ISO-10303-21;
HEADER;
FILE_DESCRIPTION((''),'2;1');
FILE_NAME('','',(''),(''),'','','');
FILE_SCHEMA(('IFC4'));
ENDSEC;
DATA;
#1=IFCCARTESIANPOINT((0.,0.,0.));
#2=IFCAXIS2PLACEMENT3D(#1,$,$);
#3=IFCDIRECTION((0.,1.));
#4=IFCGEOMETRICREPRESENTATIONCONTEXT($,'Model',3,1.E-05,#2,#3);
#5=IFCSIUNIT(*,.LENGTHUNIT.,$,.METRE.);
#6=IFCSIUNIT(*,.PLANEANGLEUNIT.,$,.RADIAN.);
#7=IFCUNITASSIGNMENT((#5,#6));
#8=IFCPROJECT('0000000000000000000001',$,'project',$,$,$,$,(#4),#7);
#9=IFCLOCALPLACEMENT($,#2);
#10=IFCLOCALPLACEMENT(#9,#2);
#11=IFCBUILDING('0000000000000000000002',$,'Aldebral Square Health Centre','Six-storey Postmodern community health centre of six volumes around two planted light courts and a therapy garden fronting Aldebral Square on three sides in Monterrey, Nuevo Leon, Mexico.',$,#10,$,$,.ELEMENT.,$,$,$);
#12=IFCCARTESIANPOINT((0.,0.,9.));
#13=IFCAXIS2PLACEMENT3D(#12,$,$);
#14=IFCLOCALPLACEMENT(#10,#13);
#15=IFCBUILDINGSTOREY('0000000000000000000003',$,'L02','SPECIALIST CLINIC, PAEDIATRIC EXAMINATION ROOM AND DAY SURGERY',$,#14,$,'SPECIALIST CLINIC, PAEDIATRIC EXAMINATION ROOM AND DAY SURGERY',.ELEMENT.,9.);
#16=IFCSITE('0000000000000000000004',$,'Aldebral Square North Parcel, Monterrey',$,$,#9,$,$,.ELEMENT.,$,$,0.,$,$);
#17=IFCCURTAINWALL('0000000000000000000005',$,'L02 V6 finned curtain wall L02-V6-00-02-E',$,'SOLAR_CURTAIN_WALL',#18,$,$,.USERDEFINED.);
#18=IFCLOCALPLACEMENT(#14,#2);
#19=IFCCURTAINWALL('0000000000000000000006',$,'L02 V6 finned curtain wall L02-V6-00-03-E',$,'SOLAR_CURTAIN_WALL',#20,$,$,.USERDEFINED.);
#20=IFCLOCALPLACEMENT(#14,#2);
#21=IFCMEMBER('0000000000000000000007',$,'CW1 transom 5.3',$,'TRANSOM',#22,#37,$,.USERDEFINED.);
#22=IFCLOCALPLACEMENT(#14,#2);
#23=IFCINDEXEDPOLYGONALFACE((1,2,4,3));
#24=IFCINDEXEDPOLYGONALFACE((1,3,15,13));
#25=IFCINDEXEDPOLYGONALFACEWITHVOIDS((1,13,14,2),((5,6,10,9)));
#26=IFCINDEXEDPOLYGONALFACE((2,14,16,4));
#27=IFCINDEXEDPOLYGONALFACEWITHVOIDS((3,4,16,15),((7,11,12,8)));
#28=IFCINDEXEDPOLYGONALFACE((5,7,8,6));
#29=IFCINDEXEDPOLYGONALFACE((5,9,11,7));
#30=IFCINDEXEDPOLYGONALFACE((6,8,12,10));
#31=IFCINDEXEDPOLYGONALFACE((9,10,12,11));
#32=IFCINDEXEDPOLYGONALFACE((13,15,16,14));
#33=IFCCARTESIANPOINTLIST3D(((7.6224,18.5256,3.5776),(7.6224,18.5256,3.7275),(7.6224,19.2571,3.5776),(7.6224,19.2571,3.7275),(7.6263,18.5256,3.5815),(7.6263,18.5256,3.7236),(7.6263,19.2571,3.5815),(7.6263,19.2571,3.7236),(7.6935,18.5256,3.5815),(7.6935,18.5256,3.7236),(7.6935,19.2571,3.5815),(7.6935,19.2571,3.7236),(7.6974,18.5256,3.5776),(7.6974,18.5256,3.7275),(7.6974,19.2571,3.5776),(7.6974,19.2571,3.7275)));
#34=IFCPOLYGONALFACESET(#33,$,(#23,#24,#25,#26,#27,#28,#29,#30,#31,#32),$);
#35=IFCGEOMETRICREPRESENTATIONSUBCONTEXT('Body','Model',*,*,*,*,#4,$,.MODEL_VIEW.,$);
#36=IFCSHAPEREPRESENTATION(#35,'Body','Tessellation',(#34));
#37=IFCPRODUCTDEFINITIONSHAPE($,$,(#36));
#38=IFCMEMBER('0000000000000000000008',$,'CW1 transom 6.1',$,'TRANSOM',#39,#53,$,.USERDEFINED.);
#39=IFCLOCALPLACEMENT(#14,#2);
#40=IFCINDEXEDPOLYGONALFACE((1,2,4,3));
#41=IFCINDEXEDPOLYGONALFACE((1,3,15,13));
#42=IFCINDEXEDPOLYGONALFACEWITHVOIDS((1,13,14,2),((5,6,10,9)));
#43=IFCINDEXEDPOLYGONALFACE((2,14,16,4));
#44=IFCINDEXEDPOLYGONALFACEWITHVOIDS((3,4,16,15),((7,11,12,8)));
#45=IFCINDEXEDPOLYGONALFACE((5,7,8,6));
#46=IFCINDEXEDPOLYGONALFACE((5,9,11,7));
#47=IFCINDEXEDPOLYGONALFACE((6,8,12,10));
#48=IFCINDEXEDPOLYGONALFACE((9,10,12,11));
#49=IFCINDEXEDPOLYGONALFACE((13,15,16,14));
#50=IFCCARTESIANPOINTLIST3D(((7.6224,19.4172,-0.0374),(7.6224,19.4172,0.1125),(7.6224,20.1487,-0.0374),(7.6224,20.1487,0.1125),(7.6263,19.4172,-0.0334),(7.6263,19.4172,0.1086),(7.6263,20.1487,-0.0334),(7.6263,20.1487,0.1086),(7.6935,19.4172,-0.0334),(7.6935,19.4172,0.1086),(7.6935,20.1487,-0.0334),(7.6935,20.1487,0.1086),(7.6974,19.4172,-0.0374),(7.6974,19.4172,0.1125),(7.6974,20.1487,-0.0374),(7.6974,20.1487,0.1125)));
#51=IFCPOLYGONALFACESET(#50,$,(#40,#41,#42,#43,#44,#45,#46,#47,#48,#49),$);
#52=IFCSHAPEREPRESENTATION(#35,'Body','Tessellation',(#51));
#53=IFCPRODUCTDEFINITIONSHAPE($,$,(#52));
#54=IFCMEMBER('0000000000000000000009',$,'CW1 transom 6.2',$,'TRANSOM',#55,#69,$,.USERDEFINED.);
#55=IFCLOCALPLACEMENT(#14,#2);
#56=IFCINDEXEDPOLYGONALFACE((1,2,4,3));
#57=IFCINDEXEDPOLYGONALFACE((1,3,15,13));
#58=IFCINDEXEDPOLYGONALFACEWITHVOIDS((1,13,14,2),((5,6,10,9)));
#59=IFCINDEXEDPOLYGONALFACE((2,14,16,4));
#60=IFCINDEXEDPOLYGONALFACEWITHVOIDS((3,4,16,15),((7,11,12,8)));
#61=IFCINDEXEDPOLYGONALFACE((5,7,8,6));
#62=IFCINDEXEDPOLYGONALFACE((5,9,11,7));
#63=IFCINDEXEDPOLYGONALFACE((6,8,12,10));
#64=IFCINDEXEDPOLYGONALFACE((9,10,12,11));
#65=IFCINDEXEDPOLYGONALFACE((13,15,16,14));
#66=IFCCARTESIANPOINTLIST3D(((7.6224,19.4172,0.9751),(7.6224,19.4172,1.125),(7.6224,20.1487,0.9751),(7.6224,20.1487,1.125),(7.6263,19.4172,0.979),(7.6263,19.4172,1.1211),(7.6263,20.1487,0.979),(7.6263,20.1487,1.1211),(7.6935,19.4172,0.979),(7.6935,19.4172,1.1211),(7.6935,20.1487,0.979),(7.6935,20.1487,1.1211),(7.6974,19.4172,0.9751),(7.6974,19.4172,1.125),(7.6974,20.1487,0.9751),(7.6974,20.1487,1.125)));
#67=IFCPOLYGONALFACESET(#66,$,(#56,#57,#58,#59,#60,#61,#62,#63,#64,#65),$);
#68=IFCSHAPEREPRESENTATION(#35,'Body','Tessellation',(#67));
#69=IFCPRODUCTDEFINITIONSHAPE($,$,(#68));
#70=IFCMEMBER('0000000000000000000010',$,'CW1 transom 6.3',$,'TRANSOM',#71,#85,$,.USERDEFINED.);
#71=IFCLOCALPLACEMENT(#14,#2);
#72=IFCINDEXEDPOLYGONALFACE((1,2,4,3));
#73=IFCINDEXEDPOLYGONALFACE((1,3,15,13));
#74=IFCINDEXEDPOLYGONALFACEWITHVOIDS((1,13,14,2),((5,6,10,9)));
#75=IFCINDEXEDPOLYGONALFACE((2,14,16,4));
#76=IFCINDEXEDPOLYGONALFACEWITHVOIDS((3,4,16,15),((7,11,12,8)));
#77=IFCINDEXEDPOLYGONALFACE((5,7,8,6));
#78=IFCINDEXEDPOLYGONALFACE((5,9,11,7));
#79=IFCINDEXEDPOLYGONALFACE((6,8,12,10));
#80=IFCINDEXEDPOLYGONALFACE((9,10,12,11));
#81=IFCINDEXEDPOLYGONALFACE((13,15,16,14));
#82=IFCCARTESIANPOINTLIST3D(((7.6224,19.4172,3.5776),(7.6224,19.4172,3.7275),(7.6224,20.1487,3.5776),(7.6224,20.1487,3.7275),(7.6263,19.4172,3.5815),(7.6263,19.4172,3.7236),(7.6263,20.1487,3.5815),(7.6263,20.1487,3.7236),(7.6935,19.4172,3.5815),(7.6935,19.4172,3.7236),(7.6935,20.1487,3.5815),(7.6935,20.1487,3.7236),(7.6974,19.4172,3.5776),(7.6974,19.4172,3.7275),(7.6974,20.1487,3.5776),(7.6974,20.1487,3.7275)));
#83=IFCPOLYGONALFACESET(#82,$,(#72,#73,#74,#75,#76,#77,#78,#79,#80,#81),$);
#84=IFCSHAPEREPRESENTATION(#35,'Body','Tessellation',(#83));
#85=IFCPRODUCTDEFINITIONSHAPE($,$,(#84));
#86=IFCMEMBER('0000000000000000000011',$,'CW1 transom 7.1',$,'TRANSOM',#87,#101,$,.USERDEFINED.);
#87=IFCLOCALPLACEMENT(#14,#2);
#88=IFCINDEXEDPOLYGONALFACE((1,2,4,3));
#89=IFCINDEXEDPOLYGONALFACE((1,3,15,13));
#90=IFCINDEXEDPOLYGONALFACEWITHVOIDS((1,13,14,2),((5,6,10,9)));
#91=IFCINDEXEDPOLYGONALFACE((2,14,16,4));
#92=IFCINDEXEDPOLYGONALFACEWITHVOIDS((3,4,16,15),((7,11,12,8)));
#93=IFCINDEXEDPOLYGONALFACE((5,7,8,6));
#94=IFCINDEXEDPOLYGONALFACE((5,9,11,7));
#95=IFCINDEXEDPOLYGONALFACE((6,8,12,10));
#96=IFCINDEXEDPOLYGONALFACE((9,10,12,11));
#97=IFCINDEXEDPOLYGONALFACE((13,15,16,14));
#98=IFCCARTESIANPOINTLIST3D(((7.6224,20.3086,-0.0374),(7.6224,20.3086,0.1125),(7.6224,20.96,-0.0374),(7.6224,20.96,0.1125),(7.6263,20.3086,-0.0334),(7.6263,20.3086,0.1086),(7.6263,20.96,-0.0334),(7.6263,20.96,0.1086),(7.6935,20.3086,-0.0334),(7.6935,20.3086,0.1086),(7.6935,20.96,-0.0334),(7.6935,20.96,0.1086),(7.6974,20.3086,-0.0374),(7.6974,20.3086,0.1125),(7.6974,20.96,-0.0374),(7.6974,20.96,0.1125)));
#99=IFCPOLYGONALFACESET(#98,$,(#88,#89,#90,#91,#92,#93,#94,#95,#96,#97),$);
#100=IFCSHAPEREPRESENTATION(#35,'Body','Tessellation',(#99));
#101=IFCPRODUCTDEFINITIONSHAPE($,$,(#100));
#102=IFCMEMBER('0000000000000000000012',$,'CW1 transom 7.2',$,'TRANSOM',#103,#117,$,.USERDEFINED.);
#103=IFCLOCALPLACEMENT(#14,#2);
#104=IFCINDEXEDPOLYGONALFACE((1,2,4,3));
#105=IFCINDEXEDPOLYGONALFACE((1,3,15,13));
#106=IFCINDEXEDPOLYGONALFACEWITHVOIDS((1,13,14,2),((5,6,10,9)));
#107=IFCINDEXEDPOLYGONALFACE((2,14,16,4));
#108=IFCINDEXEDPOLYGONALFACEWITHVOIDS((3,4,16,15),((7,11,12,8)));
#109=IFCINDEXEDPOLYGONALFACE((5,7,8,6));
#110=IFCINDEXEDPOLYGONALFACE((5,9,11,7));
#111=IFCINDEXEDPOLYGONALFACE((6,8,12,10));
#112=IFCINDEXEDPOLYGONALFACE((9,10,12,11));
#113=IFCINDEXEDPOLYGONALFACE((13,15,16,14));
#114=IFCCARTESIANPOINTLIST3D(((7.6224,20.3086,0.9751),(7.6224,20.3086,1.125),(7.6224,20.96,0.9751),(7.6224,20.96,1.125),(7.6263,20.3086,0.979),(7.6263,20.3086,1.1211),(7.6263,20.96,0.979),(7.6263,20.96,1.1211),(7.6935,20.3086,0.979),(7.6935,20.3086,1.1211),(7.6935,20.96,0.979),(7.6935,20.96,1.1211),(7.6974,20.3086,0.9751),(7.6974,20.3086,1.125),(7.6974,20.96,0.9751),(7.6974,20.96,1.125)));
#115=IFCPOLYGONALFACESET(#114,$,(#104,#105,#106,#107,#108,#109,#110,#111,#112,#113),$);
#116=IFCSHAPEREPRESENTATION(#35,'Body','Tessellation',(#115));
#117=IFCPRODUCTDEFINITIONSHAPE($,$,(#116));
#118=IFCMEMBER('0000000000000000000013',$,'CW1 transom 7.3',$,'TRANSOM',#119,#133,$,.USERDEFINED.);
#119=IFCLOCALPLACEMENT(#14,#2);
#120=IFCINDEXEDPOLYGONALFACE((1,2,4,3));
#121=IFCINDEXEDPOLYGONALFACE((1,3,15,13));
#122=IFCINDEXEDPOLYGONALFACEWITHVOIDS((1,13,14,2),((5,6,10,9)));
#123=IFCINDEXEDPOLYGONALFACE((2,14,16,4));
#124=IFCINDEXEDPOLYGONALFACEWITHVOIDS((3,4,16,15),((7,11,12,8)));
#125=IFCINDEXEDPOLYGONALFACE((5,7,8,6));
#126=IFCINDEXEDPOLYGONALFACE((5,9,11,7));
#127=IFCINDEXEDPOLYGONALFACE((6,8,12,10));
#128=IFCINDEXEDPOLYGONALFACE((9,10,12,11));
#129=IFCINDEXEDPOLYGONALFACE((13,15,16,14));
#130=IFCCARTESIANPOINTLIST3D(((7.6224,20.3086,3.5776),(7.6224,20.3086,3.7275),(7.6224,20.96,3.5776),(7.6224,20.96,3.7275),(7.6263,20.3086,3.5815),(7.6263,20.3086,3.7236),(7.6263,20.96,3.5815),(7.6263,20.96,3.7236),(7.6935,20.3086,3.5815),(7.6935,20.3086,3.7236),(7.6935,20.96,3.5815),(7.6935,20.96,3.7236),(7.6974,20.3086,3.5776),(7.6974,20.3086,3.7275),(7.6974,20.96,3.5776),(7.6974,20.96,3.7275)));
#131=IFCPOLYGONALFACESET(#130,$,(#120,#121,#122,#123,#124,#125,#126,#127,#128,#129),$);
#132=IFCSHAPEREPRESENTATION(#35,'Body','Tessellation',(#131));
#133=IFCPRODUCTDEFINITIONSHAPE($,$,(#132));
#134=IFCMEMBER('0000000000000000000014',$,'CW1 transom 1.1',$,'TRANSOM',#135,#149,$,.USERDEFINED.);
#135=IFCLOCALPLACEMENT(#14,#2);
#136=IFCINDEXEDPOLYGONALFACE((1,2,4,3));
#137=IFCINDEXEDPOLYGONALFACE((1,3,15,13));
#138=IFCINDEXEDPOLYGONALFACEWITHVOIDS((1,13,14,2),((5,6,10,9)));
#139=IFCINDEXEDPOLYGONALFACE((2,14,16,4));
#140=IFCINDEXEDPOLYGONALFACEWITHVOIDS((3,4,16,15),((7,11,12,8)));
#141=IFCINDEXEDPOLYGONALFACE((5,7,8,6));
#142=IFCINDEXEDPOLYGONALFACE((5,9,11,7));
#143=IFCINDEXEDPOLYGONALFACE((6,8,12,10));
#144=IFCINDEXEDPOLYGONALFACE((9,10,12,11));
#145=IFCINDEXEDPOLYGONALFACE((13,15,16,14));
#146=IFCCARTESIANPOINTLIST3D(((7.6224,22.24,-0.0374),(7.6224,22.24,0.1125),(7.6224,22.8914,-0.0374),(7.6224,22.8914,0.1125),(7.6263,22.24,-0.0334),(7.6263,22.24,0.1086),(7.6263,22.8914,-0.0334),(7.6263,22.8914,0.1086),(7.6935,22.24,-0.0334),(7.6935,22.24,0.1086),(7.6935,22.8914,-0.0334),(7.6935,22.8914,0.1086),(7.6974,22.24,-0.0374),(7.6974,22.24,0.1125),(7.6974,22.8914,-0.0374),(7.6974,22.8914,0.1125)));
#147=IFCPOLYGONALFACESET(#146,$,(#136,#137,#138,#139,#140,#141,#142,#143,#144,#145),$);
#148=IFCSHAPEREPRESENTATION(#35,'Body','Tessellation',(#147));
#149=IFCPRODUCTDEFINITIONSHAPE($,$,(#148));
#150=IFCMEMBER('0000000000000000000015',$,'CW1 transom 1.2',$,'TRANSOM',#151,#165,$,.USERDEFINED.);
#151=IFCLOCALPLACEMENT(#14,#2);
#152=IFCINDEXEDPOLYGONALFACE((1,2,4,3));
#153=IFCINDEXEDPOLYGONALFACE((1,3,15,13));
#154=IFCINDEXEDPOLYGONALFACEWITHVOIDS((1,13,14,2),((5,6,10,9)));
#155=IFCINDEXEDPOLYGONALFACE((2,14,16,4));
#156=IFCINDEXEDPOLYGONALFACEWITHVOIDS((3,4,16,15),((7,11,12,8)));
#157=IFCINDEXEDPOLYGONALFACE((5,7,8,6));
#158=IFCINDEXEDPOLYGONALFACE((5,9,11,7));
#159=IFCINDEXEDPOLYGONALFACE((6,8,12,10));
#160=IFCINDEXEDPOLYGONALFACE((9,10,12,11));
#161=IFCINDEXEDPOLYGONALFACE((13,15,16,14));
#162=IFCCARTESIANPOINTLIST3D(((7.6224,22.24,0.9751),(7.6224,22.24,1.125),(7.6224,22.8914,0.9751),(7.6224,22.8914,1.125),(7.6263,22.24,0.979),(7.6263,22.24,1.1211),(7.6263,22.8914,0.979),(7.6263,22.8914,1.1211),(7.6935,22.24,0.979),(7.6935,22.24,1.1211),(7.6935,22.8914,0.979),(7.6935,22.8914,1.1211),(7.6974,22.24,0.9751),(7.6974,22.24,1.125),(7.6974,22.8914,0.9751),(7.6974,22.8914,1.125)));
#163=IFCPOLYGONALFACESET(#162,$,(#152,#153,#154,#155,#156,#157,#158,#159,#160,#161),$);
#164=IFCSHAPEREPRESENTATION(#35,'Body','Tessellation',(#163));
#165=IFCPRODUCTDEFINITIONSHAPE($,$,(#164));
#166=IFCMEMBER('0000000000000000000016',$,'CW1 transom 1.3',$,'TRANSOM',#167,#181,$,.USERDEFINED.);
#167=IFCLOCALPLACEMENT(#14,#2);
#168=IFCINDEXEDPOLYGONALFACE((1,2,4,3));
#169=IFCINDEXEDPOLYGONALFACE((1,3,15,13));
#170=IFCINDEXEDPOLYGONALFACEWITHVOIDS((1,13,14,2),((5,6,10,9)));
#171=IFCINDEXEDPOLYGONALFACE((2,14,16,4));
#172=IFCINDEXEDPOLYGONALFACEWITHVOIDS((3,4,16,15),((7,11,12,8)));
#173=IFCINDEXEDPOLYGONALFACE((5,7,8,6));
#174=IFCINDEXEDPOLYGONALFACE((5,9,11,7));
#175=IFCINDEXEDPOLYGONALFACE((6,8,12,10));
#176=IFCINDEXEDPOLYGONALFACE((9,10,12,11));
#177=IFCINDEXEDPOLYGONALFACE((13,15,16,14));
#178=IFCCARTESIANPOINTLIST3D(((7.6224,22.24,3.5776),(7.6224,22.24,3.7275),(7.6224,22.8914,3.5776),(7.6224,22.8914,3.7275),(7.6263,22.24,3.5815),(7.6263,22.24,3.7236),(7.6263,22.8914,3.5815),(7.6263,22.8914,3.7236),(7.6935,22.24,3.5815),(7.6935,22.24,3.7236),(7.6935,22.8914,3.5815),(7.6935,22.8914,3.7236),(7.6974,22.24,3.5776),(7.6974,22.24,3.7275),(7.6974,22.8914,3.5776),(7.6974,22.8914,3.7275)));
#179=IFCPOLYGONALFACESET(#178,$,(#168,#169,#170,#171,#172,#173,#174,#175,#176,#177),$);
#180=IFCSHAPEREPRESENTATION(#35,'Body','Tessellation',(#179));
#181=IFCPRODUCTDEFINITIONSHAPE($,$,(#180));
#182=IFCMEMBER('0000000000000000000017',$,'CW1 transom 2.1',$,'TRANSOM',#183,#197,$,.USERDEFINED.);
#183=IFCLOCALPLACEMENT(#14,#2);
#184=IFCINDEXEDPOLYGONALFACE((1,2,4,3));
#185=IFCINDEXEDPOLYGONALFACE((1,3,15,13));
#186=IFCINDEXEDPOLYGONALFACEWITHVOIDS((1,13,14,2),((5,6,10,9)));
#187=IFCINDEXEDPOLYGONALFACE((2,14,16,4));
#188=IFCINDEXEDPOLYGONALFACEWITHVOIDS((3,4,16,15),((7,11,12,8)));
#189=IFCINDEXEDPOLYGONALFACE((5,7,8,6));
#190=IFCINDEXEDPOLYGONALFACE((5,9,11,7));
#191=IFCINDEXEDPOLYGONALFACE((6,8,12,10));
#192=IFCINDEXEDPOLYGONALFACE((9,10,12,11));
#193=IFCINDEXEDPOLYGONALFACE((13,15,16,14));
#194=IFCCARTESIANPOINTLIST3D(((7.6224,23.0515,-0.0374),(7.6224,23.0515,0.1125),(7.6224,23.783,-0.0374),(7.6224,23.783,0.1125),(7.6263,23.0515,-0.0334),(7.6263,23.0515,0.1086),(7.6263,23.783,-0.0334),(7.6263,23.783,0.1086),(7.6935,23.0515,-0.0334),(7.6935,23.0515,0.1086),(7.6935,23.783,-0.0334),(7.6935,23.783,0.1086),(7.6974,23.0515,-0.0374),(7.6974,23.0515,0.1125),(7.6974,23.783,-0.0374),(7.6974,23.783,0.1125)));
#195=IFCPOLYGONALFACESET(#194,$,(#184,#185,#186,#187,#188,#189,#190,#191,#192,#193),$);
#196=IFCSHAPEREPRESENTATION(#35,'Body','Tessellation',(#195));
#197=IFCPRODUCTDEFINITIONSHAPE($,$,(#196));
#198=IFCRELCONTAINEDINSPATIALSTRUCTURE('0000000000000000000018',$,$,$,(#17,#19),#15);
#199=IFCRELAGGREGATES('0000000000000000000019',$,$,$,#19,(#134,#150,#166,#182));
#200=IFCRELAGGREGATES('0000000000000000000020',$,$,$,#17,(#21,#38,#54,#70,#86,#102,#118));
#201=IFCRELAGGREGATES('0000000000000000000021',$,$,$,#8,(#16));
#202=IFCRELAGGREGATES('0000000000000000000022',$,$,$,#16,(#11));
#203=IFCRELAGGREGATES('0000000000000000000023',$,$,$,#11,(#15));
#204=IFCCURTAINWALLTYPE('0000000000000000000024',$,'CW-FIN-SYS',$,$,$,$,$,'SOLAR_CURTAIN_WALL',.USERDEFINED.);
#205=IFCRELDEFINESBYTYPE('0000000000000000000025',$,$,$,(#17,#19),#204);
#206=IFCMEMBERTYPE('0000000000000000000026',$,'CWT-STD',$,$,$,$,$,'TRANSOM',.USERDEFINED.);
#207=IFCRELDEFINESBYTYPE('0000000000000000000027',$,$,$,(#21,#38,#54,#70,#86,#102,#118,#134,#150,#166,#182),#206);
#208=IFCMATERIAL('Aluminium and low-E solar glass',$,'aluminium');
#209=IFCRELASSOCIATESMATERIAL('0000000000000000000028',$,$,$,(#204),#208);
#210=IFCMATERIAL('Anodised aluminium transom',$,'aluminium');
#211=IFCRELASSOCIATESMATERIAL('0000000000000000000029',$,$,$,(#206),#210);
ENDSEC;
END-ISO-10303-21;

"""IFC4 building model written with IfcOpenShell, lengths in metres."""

from ifc_helpers import new_model, si_unit, direction, frame, origin, origin_2d, place, context, subcontext, project, spatial, hollow_rectangle, extrude, material, material_profile, profile_set, type_object, element, aggregate, save


model = new_model("IFC4")

# Units and contexts
model_context = context("Model", 3, precision=1e-05, world=origin(), true_north=direction((0.0, 1.0)))
body_context = subcontext(model_context, "Body", "Model", "MODEL_VIEW")
ifc_project = project(units=[si_unit("LENGTHUNIT", "METRE"), si_unit("PLANEANGLEUNIT", "RADIAN")], contexts=[model_context])

# Site, building, storey
site_placement = place(None, origin())
site = spatial("IfcSite", under=ifc_project, at=site_placement, Name="Aldebral Square North Parcel, Monterrey", CompositionType="ELEMENT", RefElevation=0.0)
building_placement = place(site_placement, origin())
building = spatial("IfcBuilding", under=site, at=building_placement, Name="Aldebral Square Health Centre", Description="Six-storey Postmodern community health centre of six volumes around two planted light courts and a therapy garden fronting Aldebral Square on three sides in Monterrey, Nuevo Leon, Mexico.", CompositionType="ELEMENT")
storey_placement = place(building_placement, frame((0.0, 0.0, 9.0)))
storey = spatial("IfcBuildingStorey", under=building, at=storey_placement, Name="L02", Description="SPECIALIST CLINIC, PAEDIATRIC EXAMINATION ROOM AND DAY SURGERY", LongName="SPECIALIST CLINIC, PAEDIATRIC EXAMINATION ROOM AND DAY SURGERY", CompositionType="ELEMENT", Elevation=9.0)

# Curtain walls
ifc_material_1 = material(Name="Aluminium and low-E solar glass", Category="aluminium")
curtain_wall_type = type_object("IfcCurtainWallType", Name="CW-FIN-SYS", ElementType="SOLAR_CURTAIN_WALL", PredefinedType="USERDEFINED", material=ifc_material_1)
curtain_wall_1_placement = place(storey_placement, origin())
curtain_wall_1 = element("IfcCurtainWall", 1, at=curtain_wall_1_placement, inside=storey, type_object=curtain_wall_type, Name="L02 V6 finned curtain wall L02-V6-00-02-E", ObjectType="SOLAR_CURTAIN_WALL", PredefinedType="USERDEFINED")
curtain_wall_2_placement = place(storey_placement, origin())
curtain_wall_2 = element("IfcCurtainWall", 2, at=curtain_wall_2_placement, inside=storey, type_object=curtain_wall_type, Name="L02 V6 finned curtain wall L02-V6-00-03-E", ObjectType="SOLAR_CURTAIN_WALL", PredefinedType="USERDEFINED")

# Members
ifc_material_2 = material(Name="Anodised aluminium transom", Category="aluminium")
ifc_material_profile_1 = material_profile(ifc_material_2, hollow_rectangle(XDim=0.075, YDim=0.1499, WallThickness=0.0039, at=origin_2d()), Name="CWT 75x150x4")
ifc_profile_set_1 = profile_set([ifc_material_profile_1], Name="Anodised aluminium transom")
member_type_1 = type_object("IfcMemberType", Name="CWT-STD", ElementType="TRANSOM", PredefinedType="USERDEFINED", material=ifc_profile_set_1)
member_1_placement = place(storey_placement, frame((7.6599, 18.5256, 3.6526), z_axis=(0.0, 1.0, 0.0), x_axis=(-1.0, 0.0, 0.0)))
member_1 = element("IfcMember", 3, at=member_1_placement, type_object=member_type_1, Name="CW1 transom 5.3", ObjectType="TRANSOM", PredefinedType="USERDEFINED", context=body_context, shape_type="SweptSolid", body=[
    extrude(hollow_rectangle(XDim=0.075, YDim=0.1499, WallThickness=0.0039, at=origin_2d()), origin(), (0.0, 0.0, 1.0), 0.7314),
])
member_2_placement = place(storey_placement, frame((7.6599, 19.4172, 0.0376), z_axis=(0.0, 1.0, 0.0), x_axis=(-1.0, 0.0, 0.0)))
member_2 = element("IfcMember", 4, at=member_2_placement, type_object=member_type_1, Name="CW1 transom 6.1", ObjectType="TRANSOM", PredefinedType="USERDEFINED", context=body_context, shape_type="SweptSolid", body=[
    extrude(hollow_rectangle(XDim=0.075, YDim=0.1499, WallThickness=0.0039, at=origin_2d()), origin(), (0.0, 0.0, 1.0), 0.7314),
])
member_3_placement = place(storey_placement, frame((7.6599, 19.4172, 1.05), z_axis=(0.0, 1.0, 0.0), x_axis=(-1.0, 0.0, 0.0)))
member_3 = element("IfcMember", 5, at=member_3_placement, type_object=member_type_1, Name="CW1 transom 6.2", ObjectType="TRANSOM", PredefinedType="USERDEFINED", context=body_context, shape_type="SweptSolid", body=[
    extrude(hollow_rectangle(XDim=0.075, YDim=0.1499, WallThickness=0.0039, at=origin_2d()), origin(), (0.0, 0.0, 1.0), 0.7314),
])
member_4_placement = place(storey_placement, frame((7.6599, 19.4172, 3.6526), z_axis=(0.0, 1.0, 0.0), x_axis=(-1.0, 0.0, 0.0)))
member_4 = element("IfcMember", 6, at=member_4_placement, type_object=member_type_1, Name="CW1 transom 6.3", ObjectType="TRANSOM", PredefinedType="USERDEFINED", context=body_context, shape_type="SweptSolid", body=[
    extrude(hollow_rectangle(XDim=0.075, YDim=0.1499, WallThickness=0.0039, at=origin_2d()), origin(), (0.0, 0.0, 1.0), 0.7314),
])
member_5_placement = place(storey_placement, frame((7.6599, 20.3086, 0.0376), z_axis=(0.0, 1.0, 0.0), x_axis=(-1.0, 0.0, 0.0)))
member_5 = element("IfcMember", 7, at=member_5_placement, type_object=member_type_1, Name="CW1 transom 7.1", ObjectType="TRANSOM", PredefinedType="USERDEFINED", context=body_context, shape_type="SweptSolid", body=[
    extrude(hollow_rectangle(XDim=0.075, YDim=0.1499, WallThickness=0.0039, at=origin_2d()), origin(), (0.0, 0.0, 1.0), 0.6514),
])
member_6_placement = place(storey_placement, frame((7.6599, 20.3086, 1.05), z_axis=(0.0, 1.0, 0.0), x_axis=(-1.0, 0.0, 0.0)))
member_6 = element("IfcMember", 8, at=member_6_placement, type_object=member_type_1, Name="CW1 transom 7.2", ObjectType="TRANSOM", PredefinedType="USERDEFINED", context=body_context, shape_type="SweptSolid", body=[
    extrude(hollow_rectangle(XDim=0.075, YDim=0.1499, WallThickness=0.0039, at=origin_2d()), origin(), (0.0, 0.0, 1.0), 0.6514),
])
member_7_placement = place(storey_placement, frame((7.6599, 20.3086, 3.6526), z_axis=(0.0, 1.0, 0.0), x_axis=(-1.0, 0.0, 0.0)))
member_7 = element("IfcMember", 9, at=member_7_placement, type_object=member_type_1, Name="CW1 transom 7.3", ObjectType="TRANSOM", PredefinedType="USERDEFINED", context=body_context, shape_type="SweptSolid", body=[
    extrude(hollow_rectangle(XDim=0.075, YDim=0.1499, WallThickness=0.0039, at=origin_2d()), origin(), (0.0, 0.0, 1.0), 0.6514),
])
member_8_placement = place(storey_placement, frame((7.6599, 22.24, 0.0376), z_axis=(0.0, 1.0, 0.0), x_axis=(-1.0, 0.0, 0.0)))
member_8 = element("IfcMember", 10, at=member_8_placement, type_object=member_type_1, Name="CW1 transom 1.1", ObjectType="TRANSOM", PredefinedType="USERDEFINED", context=body_context, shape_type="SweptSolid", body=[
    extrude(hollow_rectangle(XDim=0.075, YDim=0.1499, WallThickness=0.0039, at=origin_2d()), origin(), (0.0, 0.0, 1.0), 0.6514),
])
member_9_placement = place(storey_placement, frame((7.6599, 22.24, 1.05), z_axis=(0.0, 1.0, 0.0), x_axis=(-1.0, 0.0, 0.0)))
member_9 = element("IfcMember", 11, at=member_9_placement, type_object=member_type_1, Name="CW1 transom 1.2", ObjectType="TRANSOM", PredefinedType="USERDEFINED", context=body_context, shape_type="SweptSolid", body=[
    extrude(hollow_rectangle(XDim=0.075, YDim=0.1499, WallThickness=0.0039, at=origin_2d()), origin(), (0.0, 0.0, 1.0), 0.6514),
])
member_10_placement = place(storey_placement, frame((7.6599, 22.24, 3.6526), z_axis=(0.0, 1.0, 0.0), x_axis=(-1.0, 0.0, 0.0)))
member_10 = element("IfcMember", 12, at=member_10_placement, type_object=member_type_1, Name="CW1 transom 1.3", ObjectType="TRANSOM", PredefinedType="USERDEFINED", context=body_context, shape_type="SweptSolid", body=[
    extrude(hollow_rectangle(XDim=0.075, YDim=0.1499, WallThickness=0.0039, at=origin_2d()), origin(), (0.0, 0.0, 1.0), 0.6514),
])
member_11_placement = place(storey_placement, frame((7.6599, 23.0515, 0.0376), z_axis=(0.0, 1.0, 0.0), x_axis=(-1.0, 0.0, 0.0)))
member_11 = element("IfcMember", 13, at=member_11_placement, type_object=member_type_1, Name="CW1 transom 2.1", ObjectType="TRANSOM", PredefinedType="USERDEFINED", context=body_context, shape_type="SweptSolid", body=[
    extrude(hollow_rectangle(XDim=0.075, YDim=0.1499, WallThickness=0.0039, at=origin_2d()), origin(), (0.0, 0.0, 1.0), 0.7314),
])

aggregate(curtain_wall_2, [member_8, member_9, member_10, member_11])
aggregate(curtain_wall_1, [member_1, member_2, member_3, member_4, member_5, member_6, member_7])

save(model, "model.ifc")
